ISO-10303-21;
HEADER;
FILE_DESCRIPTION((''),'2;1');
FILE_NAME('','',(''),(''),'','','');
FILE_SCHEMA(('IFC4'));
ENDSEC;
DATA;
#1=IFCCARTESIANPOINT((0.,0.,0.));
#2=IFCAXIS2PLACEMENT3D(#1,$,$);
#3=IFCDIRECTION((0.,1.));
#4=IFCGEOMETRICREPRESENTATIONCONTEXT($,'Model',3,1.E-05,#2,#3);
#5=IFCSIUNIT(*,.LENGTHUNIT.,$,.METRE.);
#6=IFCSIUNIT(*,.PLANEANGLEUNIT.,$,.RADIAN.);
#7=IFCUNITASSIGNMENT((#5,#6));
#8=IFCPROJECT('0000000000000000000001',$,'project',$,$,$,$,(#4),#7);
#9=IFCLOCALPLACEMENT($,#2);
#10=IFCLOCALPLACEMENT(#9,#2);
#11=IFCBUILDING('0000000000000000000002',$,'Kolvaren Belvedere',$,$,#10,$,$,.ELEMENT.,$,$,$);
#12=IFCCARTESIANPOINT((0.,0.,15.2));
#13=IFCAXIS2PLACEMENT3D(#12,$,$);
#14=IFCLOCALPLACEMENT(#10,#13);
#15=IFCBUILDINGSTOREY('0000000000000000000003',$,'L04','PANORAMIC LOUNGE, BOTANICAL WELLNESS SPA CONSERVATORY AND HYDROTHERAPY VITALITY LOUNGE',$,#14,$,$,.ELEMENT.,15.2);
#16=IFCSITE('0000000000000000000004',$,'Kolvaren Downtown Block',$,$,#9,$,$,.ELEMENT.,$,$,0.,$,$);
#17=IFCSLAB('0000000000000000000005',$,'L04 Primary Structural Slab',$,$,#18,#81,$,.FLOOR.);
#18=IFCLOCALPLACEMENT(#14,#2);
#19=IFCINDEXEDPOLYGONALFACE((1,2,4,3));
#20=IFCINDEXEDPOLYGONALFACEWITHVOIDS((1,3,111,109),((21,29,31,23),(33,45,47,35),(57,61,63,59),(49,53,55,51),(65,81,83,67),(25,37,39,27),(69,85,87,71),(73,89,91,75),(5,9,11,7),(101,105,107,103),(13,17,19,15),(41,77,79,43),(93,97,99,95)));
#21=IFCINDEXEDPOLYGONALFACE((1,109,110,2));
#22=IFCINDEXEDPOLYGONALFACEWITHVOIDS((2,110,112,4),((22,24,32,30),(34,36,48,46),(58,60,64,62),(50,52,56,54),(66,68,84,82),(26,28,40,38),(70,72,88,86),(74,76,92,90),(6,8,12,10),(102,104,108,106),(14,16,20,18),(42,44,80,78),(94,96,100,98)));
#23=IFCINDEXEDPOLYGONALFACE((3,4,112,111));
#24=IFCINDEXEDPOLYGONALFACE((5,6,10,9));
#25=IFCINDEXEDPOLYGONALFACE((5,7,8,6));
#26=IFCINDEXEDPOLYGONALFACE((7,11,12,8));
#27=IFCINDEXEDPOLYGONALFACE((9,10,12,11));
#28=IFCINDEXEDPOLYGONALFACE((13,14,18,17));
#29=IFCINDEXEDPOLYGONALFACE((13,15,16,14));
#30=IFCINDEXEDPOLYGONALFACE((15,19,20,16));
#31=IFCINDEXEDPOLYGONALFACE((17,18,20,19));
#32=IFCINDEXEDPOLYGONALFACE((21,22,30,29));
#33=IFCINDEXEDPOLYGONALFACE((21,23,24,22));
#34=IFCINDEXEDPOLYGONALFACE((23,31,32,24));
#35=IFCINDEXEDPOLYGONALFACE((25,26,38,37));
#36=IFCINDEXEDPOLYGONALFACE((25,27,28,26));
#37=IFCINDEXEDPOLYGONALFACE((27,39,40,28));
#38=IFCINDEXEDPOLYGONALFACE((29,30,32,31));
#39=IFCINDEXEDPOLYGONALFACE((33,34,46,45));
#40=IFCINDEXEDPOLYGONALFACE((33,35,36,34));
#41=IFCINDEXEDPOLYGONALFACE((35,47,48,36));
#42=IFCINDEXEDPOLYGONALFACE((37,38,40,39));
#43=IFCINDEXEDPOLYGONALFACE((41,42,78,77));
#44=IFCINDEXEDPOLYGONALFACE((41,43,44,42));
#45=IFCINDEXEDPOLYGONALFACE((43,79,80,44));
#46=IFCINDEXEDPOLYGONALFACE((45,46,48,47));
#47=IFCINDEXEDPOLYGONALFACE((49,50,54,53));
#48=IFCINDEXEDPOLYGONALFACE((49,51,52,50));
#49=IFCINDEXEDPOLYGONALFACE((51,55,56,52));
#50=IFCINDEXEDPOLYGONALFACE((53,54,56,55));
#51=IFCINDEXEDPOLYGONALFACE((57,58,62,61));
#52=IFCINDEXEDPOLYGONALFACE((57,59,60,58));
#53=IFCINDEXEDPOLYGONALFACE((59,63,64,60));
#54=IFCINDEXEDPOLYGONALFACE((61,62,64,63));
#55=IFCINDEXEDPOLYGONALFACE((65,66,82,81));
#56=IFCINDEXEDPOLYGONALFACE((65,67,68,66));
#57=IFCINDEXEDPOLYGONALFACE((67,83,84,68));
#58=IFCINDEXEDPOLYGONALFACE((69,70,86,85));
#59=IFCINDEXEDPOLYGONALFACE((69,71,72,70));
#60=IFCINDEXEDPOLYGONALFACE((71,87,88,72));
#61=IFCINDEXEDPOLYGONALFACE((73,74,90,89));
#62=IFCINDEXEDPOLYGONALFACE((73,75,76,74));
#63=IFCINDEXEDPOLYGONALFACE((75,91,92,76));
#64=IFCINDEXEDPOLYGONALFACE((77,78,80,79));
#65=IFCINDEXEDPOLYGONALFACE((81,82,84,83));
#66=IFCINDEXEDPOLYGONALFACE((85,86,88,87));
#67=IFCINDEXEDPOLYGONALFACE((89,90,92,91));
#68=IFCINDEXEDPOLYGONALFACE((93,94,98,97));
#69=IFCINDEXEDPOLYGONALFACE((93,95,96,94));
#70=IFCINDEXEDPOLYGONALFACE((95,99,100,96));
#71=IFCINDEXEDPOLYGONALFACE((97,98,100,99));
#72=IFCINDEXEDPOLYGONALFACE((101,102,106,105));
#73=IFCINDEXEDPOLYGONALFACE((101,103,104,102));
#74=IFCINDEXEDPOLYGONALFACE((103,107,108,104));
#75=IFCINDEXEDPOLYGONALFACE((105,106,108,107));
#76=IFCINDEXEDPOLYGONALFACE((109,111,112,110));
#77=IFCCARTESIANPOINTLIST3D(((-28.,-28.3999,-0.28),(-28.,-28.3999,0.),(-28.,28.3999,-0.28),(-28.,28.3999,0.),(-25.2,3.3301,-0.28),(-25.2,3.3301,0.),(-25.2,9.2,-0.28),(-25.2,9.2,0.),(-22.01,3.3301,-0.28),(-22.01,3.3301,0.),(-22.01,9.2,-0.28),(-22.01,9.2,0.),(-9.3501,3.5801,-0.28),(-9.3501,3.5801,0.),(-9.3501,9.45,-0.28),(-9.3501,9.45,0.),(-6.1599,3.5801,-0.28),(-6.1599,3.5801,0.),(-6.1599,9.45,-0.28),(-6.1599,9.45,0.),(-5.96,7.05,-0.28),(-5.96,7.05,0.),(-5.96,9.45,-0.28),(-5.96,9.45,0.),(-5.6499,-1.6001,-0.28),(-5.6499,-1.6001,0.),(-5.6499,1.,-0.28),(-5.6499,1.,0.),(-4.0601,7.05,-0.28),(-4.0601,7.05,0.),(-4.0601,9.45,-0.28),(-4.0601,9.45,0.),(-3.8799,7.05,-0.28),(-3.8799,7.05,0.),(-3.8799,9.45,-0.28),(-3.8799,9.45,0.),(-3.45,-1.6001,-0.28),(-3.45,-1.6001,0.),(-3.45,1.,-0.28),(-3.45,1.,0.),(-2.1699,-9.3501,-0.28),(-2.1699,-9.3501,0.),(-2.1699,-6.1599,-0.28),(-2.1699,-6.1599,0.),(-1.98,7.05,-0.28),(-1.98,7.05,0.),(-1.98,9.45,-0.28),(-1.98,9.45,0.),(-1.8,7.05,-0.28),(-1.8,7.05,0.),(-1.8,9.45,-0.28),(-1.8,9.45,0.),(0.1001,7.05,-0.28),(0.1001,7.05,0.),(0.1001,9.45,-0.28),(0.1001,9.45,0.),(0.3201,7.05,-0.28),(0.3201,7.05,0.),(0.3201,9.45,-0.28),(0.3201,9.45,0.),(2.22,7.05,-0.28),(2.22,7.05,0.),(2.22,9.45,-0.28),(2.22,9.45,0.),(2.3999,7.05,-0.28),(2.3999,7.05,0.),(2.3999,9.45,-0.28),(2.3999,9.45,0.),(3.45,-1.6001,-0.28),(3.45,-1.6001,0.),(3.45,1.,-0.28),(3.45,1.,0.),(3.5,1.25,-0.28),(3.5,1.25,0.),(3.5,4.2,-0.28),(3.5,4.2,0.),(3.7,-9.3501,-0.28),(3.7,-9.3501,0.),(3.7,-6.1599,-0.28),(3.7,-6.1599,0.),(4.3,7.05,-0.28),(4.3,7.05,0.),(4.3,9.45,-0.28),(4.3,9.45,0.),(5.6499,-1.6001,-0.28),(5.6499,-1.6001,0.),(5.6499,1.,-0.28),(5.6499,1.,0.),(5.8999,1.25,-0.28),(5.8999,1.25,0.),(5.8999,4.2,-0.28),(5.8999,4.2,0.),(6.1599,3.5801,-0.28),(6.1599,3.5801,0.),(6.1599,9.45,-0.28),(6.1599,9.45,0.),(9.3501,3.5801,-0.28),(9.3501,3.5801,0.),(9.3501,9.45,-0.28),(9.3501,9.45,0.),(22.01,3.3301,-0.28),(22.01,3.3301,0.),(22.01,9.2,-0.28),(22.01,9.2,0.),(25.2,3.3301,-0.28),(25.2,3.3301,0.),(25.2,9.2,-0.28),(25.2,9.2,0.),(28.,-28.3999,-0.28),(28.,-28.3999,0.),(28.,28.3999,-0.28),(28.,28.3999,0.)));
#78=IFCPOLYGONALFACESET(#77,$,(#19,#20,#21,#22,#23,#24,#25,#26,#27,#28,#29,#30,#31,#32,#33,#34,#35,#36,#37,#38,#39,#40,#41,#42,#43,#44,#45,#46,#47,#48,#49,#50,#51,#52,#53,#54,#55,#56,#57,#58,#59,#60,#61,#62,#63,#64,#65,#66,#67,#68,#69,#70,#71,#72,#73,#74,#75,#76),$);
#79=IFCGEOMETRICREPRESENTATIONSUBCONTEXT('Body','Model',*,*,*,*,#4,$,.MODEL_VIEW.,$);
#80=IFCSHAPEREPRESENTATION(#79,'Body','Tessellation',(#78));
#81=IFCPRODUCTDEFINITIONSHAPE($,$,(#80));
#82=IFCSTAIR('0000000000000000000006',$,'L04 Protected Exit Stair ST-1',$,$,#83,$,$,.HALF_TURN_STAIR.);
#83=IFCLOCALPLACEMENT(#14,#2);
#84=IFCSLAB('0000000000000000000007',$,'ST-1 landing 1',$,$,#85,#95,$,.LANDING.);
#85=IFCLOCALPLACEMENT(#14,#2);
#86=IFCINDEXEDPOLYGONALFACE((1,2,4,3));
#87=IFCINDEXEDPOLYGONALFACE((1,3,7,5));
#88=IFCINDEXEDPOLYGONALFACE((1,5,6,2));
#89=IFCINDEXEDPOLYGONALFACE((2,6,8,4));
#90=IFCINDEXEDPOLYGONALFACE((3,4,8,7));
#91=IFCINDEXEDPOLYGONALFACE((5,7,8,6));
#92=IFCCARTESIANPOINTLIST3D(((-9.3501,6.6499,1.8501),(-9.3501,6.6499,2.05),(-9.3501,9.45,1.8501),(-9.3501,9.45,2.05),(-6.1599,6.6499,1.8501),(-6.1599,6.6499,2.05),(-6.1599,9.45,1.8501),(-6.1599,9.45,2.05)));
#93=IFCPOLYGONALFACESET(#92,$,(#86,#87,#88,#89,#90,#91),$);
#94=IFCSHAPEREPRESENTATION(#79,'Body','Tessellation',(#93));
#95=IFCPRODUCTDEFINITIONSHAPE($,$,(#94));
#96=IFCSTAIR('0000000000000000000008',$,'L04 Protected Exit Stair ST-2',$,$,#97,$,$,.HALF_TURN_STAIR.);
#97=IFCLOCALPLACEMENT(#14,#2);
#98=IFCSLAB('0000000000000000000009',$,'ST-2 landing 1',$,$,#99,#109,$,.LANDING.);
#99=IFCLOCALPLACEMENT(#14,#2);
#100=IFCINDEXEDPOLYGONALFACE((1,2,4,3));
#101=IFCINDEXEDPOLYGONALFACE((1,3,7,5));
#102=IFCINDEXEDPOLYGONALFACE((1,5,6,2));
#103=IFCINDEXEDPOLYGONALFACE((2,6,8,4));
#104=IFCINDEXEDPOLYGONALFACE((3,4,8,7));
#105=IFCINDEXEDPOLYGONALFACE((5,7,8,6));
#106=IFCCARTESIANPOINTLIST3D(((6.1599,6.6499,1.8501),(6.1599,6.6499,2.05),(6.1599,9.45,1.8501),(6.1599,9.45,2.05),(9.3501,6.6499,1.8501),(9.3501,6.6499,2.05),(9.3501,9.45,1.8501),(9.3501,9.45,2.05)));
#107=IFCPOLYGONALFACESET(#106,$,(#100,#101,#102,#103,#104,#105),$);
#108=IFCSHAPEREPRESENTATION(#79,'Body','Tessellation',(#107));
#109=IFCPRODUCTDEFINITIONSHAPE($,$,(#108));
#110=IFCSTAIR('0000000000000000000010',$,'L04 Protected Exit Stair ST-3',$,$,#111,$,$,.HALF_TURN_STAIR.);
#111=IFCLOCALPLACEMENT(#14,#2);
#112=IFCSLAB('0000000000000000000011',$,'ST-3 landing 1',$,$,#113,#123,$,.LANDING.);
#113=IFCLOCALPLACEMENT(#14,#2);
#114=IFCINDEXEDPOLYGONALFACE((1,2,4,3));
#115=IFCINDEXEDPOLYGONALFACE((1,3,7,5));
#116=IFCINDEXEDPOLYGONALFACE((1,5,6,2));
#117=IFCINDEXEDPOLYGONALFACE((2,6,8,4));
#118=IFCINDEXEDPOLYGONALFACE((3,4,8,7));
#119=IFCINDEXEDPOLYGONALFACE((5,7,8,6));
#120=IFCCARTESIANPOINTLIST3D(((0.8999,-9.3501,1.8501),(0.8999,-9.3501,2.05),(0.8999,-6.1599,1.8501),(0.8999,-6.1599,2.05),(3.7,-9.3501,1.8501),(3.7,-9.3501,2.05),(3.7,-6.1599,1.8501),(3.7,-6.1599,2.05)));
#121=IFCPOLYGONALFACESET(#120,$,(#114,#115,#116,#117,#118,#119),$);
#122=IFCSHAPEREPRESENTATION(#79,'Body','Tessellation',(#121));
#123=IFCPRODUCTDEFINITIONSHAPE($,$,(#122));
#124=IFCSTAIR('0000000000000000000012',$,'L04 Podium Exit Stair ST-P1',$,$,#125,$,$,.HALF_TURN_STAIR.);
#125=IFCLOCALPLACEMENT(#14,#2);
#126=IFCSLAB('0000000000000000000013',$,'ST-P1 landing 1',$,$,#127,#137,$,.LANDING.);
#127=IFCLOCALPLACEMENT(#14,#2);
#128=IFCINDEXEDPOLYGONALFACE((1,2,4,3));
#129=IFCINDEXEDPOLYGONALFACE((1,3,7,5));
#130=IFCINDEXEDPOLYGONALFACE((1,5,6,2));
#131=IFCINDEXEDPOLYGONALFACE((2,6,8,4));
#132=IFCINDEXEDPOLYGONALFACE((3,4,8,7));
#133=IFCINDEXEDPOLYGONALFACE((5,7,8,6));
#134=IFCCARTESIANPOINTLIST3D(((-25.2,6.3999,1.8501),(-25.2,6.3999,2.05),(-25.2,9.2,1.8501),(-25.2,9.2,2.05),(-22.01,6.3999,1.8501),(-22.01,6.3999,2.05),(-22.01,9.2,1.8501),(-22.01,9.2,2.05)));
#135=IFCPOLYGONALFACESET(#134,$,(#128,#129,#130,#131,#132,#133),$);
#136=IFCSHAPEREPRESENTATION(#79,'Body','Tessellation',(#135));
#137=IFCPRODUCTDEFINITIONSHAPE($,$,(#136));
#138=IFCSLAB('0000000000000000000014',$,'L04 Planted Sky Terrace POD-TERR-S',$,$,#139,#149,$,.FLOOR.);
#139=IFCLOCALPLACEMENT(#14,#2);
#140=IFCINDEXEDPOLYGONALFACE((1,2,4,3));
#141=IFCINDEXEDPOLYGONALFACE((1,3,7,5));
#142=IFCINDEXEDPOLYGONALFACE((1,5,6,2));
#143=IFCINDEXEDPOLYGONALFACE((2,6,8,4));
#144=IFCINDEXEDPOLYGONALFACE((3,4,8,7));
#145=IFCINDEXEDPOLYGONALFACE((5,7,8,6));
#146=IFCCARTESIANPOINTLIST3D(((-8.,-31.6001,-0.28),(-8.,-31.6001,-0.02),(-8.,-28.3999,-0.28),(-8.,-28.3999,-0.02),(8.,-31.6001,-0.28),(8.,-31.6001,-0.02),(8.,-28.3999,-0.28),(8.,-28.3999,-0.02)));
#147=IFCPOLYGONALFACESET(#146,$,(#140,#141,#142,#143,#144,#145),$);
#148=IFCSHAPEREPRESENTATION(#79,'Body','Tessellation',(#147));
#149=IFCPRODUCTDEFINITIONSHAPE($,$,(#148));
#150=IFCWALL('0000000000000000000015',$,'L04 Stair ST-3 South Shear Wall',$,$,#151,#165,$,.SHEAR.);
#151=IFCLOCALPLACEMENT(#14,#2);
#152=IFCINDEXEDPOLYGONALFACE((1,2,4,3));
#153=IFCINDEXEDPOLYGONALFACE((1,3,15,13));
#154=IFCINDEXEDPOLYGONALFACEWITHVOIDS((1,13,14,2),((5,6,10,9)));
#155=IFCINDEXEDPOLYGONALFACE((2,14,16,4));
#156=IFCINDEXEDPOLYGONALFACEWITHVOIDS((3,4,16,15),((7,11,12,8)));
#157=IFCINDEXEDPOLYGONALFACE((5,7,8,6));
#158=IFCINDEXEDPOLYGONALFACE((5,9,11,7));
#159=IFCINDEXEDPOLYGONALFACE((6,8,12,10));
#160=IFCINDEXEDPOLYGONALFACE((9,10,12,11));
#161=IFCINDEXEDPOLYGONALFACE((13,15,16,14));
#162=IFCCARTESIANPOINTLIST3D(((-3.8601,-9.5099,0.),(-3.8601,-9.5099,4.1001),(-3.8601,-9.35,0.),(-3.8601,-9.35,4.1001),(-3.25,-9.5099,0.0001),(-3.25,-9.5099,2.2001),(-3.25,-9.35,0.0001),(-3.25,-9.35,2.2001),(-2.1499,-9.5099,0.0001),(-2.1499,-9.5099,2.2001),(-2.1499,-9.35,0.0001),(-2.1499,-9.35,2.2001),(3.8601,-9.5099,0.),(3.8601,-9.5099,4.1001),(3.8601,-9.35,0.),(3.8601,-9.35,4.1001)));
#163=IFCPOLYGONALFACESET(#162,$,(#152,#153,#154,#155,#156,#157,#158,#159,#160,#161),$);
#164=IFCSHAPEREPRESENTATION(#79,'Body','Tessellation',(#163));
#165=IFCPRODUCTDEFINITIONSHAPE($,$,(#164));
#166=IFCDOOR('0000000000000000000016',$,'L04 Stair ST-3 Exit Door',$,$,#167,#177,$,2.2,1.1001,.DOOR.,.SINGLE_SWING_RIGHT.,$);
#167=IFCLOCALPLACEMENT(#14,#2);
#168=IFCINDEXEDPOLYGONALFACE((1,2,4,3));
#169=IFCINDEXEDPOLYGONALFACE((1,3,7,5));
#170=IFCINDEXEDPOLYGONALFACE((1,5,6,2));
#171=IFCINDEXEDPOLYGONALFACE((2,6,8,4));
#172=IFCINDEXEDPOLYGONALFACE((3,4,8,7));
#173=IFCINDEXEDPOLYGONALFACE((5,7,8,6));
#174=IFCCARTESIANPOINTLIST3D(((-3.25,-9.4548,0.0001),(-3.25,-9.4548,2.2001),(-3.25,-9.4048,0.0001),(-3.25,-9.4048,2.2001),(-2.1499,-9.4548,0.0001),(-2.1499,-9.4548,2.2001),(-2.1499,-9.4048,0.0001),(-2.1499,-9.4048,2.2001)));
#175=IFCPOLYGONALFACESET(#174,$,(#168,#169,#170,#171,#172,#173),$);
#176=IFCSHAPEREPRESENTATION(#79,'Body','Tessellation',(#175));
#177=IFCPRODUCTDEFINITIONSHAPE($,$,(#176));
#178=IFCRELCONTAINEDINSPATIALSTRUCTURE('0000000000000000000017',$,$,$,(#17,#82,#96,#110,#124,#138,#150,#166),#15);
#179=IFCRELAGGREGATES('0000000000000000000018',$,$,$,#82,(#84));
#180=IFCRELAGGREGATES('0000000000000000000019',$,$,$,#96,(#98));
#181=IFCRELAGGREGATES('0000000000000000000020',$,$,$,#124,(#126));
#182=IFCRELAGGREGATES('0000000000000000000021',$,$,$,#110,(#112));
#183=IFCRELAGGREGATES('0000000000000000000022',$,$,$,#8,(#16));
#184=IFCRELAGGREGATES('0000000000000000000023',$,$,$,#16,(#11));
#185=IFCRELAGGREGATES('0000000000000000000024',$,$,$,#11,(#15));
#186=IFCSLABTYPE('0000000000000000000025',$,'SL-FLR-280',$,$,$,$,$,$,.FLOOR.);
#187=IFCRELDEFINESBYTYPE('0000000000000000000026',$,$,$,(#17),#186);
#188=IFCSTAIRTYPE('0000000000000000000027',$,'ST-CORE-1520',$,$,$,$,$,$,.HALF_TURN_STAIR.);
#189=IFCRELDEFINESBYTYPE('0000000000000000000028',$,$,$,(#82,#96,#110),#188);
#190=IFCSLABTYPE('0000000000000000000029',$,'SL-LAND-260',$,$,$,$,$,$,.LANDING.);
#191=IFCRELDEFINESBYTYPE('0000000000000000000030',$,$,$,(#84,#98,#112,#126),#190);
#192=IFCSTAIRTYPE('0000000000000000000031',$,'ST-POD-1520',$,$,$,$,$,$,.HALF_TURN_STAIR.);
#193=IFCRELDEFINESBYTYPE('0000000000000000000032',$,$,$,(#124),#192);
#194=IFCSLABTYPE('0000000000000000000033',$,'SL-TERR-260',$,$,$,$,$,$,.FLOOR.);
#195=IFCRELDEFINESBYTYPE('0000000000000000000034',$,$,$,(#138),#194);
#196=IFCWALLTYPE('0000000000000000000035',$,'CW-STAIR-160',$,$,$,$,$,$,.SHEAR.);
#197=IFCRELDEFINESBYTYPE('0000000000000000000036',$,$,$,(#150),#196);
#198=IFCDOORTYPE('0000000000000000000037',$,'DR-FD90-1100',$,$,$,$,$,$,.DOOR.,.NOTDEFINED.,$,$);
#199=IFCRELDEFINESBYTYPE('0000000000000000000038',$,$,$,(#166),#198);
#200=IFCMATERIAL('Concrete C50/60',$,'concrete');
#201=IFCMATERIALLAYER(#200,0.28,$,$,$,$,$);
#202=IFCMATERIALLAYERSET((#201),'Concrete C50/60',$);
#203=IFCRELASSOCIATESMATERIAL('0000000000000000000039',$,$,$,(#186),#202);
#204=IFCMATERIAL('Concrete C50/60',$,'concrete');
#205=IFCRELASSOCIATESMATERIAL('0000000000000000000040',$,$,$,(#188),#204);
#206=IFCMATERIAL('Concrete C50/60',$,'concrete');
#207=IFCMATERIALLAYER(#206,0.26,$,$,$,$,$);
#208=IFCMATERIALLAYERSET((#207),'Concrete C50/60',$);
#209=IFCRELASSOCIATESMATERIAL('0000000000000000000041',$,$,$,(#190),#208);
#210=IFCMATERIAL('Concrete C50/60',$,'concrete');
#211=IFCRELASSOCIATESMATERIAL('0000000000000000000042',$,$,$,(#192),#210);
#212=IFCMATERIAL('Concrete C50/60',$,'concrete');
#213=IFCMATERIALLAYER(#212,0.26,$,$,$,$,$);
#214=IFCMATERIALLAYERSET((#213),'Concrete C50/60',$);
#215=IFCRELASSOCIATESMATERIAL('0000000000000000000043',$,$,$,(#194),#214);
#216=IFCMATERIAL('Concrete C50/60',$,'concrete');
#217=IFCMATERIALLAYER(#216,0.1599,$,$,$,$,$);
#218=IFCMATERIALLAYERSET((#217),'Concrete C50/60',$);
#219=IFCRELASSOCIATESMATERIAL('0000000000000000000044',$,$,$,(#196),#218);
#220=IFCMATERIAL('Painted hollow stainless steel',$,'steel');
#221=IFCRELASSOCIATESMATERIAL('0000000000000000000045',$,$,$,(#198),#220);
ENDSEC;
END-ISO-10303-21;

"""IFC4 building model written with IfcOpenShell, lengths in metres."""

from ifc_helpers import new_model, si_unit, direction, frame, frame_2d, origin, place, context, subcontext, project, spatial, polyline, rectangle, outline, extrude, material, layer, layer_set, type_object, element, fill, aggregate, save


model = new_model("IFC4")

# Units and contexts
model_context = context("Model", 3, precision=1e-05, world=origin(), true_north=direction((0.0, 1.0)))
body_context = subcontext(model_context, "Body", "Model", "MODEL_VIEW")
ifc_project = project(units=[si_unit("LENGTHUNIT", "METRE"), si_unit("PLANEANGLEUNIT", "RADIAN")], contexts=[model_context])

# Site, building, storey
site_placement = place(None, origin())
site = spatial("IfcSite", under=ifc_project, at=site_placement, Name="Kolvaren Downtown Block", CompositionType="ELEMENT", RefElevation=0.0)
building_placement = place(site_placement, origin())
building = spatial("IfcBuilding", under=site, at=building_placement, Name="Kolvaren Belvedere", CompositionType="ELEMENT")
storey_placement = place(building_placement, frame((0.0, 0.0, 15.2)))
storey = spatial("IfcBuildingStorey", under=building, at=storey_placement, Name="L04", Description="PANORAMIC LOUNGE, BOTANICAL WELLNESS SPA CONSERVATORY AND HYDROTHERAPY VITALITY LOUNGE", CompositionType="ELEMENT", Elevation=15.2)

# Slab
ifc_material_1 = material(Name="Concrete C50/60", Category="concrete")
ifc_layer_1 = layer(ifc_material_1, 0.28)
ifc_layer_set_1 = layer_set([ifc_layer_1], Name="Concrete C50/60")
slab_type_1 = type_object("IfcSlabType", Name="SL-FLR-280", PredefinedType="FLOOR", material=ifc_layer_set_1)
slab_1_placement = place(storey_placement, frame((0.0, 0.0, -0.28)))
element("IfcSlab", 1, at=slab_1_placement, inside=storey, type_object=slab_type_1, Name="L04 Primary Structural Slab", PredefinedType="FLOOR", context=body_context, shape_type="SweptSolid", body=[
    extrude(outline(polyline([(-28.0, -28.3999), (28.0, -28.3999), (28.0, 28.3999), (-28.0, 28.3999), (-28.0, -28.3999)]), holes=[polyline([(-9.3501, 3.5801), (-6.1599, 3.5801), (-6.1599, 9.45), (-9.3501, 9.45), (-9.3501, 3.5801)]), polyline([(6.1599, 3.5801), (9.3501, 3.5801), (9.3501, 9.45), (6.1599, 9.45), (6.1599, 3.5801)]), polyline([(-2.1699, -9.3501), (3.7, -9.3501), (3.7, -6.1599), (-2.1699, -6.1599), (-2.1699, -9.3501)]), polyline([(-25.2, 3.3301), (-22.01, 3.3301), (-22.01, 9.2), (-25.2, 9.2), (-25.2, 3.3301)]), polyline([(22.01, 3.3301), (25.2, 3.3301), (25.2, 9.2), (22.01, 9.2), (22.01, 3.3301)]), polyline([(-5.6499, -1.6001), (-3.45, -1.6001), (-3.45, 1.0), (-5.6499, 1.0), (-5.6499, -1.6001)]), polyline([(3.5, 1.25), (5.8999, 1.25), (5.8999, 4.2), (3.5, 4.2), (3.5, 1.25)]), polyline([(3.45, -1.6001), (5.6499, -1.6001), (5.6499, 1.0), (3.45, 1.0), (3.45, -1.6001)]), polyline([(-5.96, 7.05), (-4.0601, 7.05), (-4.0601, 9.45), (-5.96, 9.45), (-5.96, 7.05)]), polyline([(-3.8799, 7.05), (-1.98, 7.05), (-1.98, 9.45), (-3.8799, 9.45), (-3.8799, 7.05)]), polyline([(-1.8, 7.05), (0.1001, 7.05), (0.1001, 9.45), (-1.8, 9.45), (-1.8, 7.05)]), polyline([(0.3201, 7.05), (2.22, 7.05), (2.22, 9.45), (0.3201, 9.45), (0.3201, 7.05)]), polyline([(2.3999, 7.05), (4.3, 7.05), (4.3, 9.45), (2.3999, 9.45), (2.3999, 7.05)])]), origin(), (0.0, 0.0, 1.0), 0.28),
])

# Stairs, slabs
ifc_material_2 = material(Name="Concrete C50/60", Category="concrete")
stair_type_1 = type_object("IfcStairType", Name="ST-CORE-1520", PredefinedType="HALF_TURN_STAIR", material=ifc_material_2)
stair_1_placement = place(storey_placement, origin())
stair_1 = element("IfcStair", 2, at=stair_1_placement, inside=storey, type_object=stair_type_1, Name="L04 Protected Exit Stair ST-1", PredefinedType="HALF_TURN_STAIR")
ifc_material_3 = material(Name="Concrete C50/60", Category="concrete")
ifc_layer_2 = layer(ifc_material_3, 0.26)
ifc_layer_set_2 = layer_set([ifc_layer_2], Name="Concrete C50/60")
slab_type_2 = type_object("IfcSlabType", Name="SL-LAND-260", PredefinedType="LANDING", material=ifc_layer_set_2)
slab_2_placement = place(storey_placement, frame((0.0, 0.0, 1.8501)))
slab_2 = element("IfcSlab", 3, at=slab_2_placement, type_object=slab_type_2, Name="ST-1 landing 1", PredefinedType="LANDING", context=body_context, shape_type="SweptSolid", body=[
    extrude(outline(polyline([(-6.1599, 6.6499), (-6.1599, 9.45), (-9.3501, 9.45), (-9.3501, 6.6499), (-6.1599, 6.6499)])), origin(), (0.0, 0.0, 1.0), 0.2),
])
aggregate(stair_1, [slab_2])
stair_2_placement = place(storey_placement, origin())
stair_2 = element("IfcStair", 4, at=stair_2_placement, inside=storey, type_object=stair_type_1, Name="L04 Protected Exit Stair ST-2", PredefinedType="HALF_TURN_STAIR")
slab_3_placement = place(storey_placement, frame((0.0, 0.0, 1.8501)))
slab_3 = element("IfcSlab", 5, at=slab_3_placement, type_object=slab_type_2, Name="ST-2 landing 1", PredefinedType="LANDING", context=body_context, shape_type="SweptSolid", body=[
    extrude(outline(polyline([(9.3501, 6.6499), (9.3501, 9.45), (6.1599, 9.45), (6.1599, 6.6499), (9.3501, 6.6499)])), origin(), (0.0, 0.0, 1.0), 0.2),
])
aggregate(stair_2, [slab_3])
stair_3_placement = place(storey_placement, origin())
stair_3 = element("IfcStair", 6, at=stair_3_placement, inside=storey, type_object=stair_type_1, Name="L04 Protected Exit Stair ST-3", PredefinedType="HALF_TURN_STAIR")
slab_4_placement = place(storey_placement, frame((0.0, 0.0, 1.8501)))
slab_4 = element("IfcSlab", 7, at=slab_4_placement, type_object=slab_type_2, Name="ST-3 landing 1", PredefinedType="LANDING", context=body_context, shape_type="SweptSolid", body=[
    extrude(outline(polyline([(0.8999, -9.3501), (3.7, -9.3501), (3.7, -6.1599), (0.8999, -6.1599), (0.8999, -9.3501)])), origin(), (0.0, 0.0, 1.0), 0.2),
])
ifc_material_4 = material(Name="Concrete C50/60", Category="concrete")
stair_type_2 = type_object("IfcStairType", Name="ST-POD-1520", PredefinedType="HALF_TURN_STAIR", material=ifc_material_4)
stair_4_placement = place(storey_placement, origin())
stair_4 = element("IfcStair", 8, at=stair_4_placement, inside=storey, type_object=stair_type_2, Name="L04 Podium Exit Stair ST-P1", PredefinedType="HALF_TURN_STAIR")
slab_5_placement = place(storey_placement, frame((0.0, 0.0, 1.8501)))
slab_5 = element("IfcSlab", 9, at=slab_5_placement, type_object=slab_type_2, Name="ST-P1 landing 1", PredefinedType="LANDING", context=body_context, shape_type="SweptSolid", body=[
    extrude(outline(polyline([(-22.01, 6.3999), (-22.01, 9.2), (-25.2, 9.2), (-25.2, 6.3999), (-22.01, 6.3999)])), origin(), (0.0, 0.0, 1.0), 0.2),
])
aggregate(stair_4, [slab_5])

# Slab
ifc_material_5 = material(Name="Concrete C50/60", Category="concrete")
ifc_layer_3 = layer(ifc_material_5, 0.26)
ifc_layer_set_3 = layer_set([ifc_layer_3], Name="Concrete C50/60")
slab_type_3 = type_object("IfcSlabType", Name="SL-TERR-260", PredefinedType="FLOOR", material=ifc_layer_set_3)
slab_6_placement = place(storey_placement, frame((0.0, 0.0, -0.28)))
element("IfcSlab", 10, at=slab_6_placement, inside=storey, type_object=slab_type_3, Name="L04 Planted Sky Terrace POD-TERR-S", PredefinedType="FLOOR", context=body_context, shape_type="SweptSolid", body=[
    extrude(outline(polyline([(-8.0, -31.6001), (8.0, -31.6001), (8.0, -28.3999), (-8.0, -28.3999), (-8.0, -31.6001)])), origin(), (0.0, 0.0, 1.0), 0.26),
])

# Wall, opening, door
ifc_material_6 = material(Name="Concrete C50/60", Category="concrete")
ifc_layer_4 = layer(ifc_material_6, 0.1599)
ifc_layer_set_4 = layer_set([ifc_layer_4], Name="Concrete C50/60")
wall_type_1 = type_object("IfcWallType", Name="CW-STAIR-160", PredefinedType="SHEAR", material=ifc_layer_set_4)
wall_1_placement = place(storey_placement, frame((3.8601, -9.4299, 0.0), z_axis=(0.0, 0.0, 1.0), x_axis=(-1.0, 0.0, 0.0)))
wall_1 = element("IfcWall", 11, at=wall_1_placement, inside=storey, type_object=wall_type_1, Name="L04 Stair ST-3 South Shear Wall", PredefinedType="SHEAR", context=body_context, shape_type="SweptSolid", body=[
    extrude(rectangle(XDim=7.7202, YDim=0.1599, at=frame_2d((3.8601, 0.0))), origin(), (0.0, 0.0, 1.0), 4.1001),
])
opening_1_placement = place(wall_1_placement, frame((6.01, 0.0, 0.0)))
opening_1 = element("IfcOpeningElement", 12, at=opening_1_placement, cuts=wall_1, PredefinedType="OPENING", context=body_context, shape_type="SweptSolid", body=[
    extrude(rectangle(XDim=1.1001, YDim=2.2, at=frame_2d((0.55, 1.1001))), frame((0.0, 0.0898, 0.0), z_axis=(0.0, -1.0, 0.0), x_axis=(1.0, 0.0, 0.0)), (0.0, 0.0, 1.0), 0.1799),
])
ifc_material_7 = material(Name="Painted hollow stainless steel", Category="steel")
door_type_1 = type_object("IfcDoorType", Name="DR-FD90-1100", OperationType="NOTDEFINED", PredefinedType="DOOR", material=ifc_material_7)
door_1_placement = place(opening_1_placement, origin())
door_1 = element("IfcDoor", 13, at=door_1_placement, inside=storey, type_object=door_type_1, Name="L04 Stair ST-3 Exit Door", OperationType="SINGLE_SWING_RIGHT", OverallHeight=2.2, OverallWidth=1.1001, PredefinedType="DOOR", context=body_context, shape_type="SweptSolid", body=[
    extrude(rectangle(XDim=1.1001, YDim=2.2, at=frame_2d((0.55, 1.1001))), frame((0.0, 0.0249, 0.0), z_axis=(0.0, -1.0, 0.0), x_axis=(1.0, 0.0, 0.0)), (0.0, 0.0, 1.0), 0.05),
])
fill(opening_1, door_1)

aggregate(stair_3, [slab_4])

save(model, "model.ifc")
